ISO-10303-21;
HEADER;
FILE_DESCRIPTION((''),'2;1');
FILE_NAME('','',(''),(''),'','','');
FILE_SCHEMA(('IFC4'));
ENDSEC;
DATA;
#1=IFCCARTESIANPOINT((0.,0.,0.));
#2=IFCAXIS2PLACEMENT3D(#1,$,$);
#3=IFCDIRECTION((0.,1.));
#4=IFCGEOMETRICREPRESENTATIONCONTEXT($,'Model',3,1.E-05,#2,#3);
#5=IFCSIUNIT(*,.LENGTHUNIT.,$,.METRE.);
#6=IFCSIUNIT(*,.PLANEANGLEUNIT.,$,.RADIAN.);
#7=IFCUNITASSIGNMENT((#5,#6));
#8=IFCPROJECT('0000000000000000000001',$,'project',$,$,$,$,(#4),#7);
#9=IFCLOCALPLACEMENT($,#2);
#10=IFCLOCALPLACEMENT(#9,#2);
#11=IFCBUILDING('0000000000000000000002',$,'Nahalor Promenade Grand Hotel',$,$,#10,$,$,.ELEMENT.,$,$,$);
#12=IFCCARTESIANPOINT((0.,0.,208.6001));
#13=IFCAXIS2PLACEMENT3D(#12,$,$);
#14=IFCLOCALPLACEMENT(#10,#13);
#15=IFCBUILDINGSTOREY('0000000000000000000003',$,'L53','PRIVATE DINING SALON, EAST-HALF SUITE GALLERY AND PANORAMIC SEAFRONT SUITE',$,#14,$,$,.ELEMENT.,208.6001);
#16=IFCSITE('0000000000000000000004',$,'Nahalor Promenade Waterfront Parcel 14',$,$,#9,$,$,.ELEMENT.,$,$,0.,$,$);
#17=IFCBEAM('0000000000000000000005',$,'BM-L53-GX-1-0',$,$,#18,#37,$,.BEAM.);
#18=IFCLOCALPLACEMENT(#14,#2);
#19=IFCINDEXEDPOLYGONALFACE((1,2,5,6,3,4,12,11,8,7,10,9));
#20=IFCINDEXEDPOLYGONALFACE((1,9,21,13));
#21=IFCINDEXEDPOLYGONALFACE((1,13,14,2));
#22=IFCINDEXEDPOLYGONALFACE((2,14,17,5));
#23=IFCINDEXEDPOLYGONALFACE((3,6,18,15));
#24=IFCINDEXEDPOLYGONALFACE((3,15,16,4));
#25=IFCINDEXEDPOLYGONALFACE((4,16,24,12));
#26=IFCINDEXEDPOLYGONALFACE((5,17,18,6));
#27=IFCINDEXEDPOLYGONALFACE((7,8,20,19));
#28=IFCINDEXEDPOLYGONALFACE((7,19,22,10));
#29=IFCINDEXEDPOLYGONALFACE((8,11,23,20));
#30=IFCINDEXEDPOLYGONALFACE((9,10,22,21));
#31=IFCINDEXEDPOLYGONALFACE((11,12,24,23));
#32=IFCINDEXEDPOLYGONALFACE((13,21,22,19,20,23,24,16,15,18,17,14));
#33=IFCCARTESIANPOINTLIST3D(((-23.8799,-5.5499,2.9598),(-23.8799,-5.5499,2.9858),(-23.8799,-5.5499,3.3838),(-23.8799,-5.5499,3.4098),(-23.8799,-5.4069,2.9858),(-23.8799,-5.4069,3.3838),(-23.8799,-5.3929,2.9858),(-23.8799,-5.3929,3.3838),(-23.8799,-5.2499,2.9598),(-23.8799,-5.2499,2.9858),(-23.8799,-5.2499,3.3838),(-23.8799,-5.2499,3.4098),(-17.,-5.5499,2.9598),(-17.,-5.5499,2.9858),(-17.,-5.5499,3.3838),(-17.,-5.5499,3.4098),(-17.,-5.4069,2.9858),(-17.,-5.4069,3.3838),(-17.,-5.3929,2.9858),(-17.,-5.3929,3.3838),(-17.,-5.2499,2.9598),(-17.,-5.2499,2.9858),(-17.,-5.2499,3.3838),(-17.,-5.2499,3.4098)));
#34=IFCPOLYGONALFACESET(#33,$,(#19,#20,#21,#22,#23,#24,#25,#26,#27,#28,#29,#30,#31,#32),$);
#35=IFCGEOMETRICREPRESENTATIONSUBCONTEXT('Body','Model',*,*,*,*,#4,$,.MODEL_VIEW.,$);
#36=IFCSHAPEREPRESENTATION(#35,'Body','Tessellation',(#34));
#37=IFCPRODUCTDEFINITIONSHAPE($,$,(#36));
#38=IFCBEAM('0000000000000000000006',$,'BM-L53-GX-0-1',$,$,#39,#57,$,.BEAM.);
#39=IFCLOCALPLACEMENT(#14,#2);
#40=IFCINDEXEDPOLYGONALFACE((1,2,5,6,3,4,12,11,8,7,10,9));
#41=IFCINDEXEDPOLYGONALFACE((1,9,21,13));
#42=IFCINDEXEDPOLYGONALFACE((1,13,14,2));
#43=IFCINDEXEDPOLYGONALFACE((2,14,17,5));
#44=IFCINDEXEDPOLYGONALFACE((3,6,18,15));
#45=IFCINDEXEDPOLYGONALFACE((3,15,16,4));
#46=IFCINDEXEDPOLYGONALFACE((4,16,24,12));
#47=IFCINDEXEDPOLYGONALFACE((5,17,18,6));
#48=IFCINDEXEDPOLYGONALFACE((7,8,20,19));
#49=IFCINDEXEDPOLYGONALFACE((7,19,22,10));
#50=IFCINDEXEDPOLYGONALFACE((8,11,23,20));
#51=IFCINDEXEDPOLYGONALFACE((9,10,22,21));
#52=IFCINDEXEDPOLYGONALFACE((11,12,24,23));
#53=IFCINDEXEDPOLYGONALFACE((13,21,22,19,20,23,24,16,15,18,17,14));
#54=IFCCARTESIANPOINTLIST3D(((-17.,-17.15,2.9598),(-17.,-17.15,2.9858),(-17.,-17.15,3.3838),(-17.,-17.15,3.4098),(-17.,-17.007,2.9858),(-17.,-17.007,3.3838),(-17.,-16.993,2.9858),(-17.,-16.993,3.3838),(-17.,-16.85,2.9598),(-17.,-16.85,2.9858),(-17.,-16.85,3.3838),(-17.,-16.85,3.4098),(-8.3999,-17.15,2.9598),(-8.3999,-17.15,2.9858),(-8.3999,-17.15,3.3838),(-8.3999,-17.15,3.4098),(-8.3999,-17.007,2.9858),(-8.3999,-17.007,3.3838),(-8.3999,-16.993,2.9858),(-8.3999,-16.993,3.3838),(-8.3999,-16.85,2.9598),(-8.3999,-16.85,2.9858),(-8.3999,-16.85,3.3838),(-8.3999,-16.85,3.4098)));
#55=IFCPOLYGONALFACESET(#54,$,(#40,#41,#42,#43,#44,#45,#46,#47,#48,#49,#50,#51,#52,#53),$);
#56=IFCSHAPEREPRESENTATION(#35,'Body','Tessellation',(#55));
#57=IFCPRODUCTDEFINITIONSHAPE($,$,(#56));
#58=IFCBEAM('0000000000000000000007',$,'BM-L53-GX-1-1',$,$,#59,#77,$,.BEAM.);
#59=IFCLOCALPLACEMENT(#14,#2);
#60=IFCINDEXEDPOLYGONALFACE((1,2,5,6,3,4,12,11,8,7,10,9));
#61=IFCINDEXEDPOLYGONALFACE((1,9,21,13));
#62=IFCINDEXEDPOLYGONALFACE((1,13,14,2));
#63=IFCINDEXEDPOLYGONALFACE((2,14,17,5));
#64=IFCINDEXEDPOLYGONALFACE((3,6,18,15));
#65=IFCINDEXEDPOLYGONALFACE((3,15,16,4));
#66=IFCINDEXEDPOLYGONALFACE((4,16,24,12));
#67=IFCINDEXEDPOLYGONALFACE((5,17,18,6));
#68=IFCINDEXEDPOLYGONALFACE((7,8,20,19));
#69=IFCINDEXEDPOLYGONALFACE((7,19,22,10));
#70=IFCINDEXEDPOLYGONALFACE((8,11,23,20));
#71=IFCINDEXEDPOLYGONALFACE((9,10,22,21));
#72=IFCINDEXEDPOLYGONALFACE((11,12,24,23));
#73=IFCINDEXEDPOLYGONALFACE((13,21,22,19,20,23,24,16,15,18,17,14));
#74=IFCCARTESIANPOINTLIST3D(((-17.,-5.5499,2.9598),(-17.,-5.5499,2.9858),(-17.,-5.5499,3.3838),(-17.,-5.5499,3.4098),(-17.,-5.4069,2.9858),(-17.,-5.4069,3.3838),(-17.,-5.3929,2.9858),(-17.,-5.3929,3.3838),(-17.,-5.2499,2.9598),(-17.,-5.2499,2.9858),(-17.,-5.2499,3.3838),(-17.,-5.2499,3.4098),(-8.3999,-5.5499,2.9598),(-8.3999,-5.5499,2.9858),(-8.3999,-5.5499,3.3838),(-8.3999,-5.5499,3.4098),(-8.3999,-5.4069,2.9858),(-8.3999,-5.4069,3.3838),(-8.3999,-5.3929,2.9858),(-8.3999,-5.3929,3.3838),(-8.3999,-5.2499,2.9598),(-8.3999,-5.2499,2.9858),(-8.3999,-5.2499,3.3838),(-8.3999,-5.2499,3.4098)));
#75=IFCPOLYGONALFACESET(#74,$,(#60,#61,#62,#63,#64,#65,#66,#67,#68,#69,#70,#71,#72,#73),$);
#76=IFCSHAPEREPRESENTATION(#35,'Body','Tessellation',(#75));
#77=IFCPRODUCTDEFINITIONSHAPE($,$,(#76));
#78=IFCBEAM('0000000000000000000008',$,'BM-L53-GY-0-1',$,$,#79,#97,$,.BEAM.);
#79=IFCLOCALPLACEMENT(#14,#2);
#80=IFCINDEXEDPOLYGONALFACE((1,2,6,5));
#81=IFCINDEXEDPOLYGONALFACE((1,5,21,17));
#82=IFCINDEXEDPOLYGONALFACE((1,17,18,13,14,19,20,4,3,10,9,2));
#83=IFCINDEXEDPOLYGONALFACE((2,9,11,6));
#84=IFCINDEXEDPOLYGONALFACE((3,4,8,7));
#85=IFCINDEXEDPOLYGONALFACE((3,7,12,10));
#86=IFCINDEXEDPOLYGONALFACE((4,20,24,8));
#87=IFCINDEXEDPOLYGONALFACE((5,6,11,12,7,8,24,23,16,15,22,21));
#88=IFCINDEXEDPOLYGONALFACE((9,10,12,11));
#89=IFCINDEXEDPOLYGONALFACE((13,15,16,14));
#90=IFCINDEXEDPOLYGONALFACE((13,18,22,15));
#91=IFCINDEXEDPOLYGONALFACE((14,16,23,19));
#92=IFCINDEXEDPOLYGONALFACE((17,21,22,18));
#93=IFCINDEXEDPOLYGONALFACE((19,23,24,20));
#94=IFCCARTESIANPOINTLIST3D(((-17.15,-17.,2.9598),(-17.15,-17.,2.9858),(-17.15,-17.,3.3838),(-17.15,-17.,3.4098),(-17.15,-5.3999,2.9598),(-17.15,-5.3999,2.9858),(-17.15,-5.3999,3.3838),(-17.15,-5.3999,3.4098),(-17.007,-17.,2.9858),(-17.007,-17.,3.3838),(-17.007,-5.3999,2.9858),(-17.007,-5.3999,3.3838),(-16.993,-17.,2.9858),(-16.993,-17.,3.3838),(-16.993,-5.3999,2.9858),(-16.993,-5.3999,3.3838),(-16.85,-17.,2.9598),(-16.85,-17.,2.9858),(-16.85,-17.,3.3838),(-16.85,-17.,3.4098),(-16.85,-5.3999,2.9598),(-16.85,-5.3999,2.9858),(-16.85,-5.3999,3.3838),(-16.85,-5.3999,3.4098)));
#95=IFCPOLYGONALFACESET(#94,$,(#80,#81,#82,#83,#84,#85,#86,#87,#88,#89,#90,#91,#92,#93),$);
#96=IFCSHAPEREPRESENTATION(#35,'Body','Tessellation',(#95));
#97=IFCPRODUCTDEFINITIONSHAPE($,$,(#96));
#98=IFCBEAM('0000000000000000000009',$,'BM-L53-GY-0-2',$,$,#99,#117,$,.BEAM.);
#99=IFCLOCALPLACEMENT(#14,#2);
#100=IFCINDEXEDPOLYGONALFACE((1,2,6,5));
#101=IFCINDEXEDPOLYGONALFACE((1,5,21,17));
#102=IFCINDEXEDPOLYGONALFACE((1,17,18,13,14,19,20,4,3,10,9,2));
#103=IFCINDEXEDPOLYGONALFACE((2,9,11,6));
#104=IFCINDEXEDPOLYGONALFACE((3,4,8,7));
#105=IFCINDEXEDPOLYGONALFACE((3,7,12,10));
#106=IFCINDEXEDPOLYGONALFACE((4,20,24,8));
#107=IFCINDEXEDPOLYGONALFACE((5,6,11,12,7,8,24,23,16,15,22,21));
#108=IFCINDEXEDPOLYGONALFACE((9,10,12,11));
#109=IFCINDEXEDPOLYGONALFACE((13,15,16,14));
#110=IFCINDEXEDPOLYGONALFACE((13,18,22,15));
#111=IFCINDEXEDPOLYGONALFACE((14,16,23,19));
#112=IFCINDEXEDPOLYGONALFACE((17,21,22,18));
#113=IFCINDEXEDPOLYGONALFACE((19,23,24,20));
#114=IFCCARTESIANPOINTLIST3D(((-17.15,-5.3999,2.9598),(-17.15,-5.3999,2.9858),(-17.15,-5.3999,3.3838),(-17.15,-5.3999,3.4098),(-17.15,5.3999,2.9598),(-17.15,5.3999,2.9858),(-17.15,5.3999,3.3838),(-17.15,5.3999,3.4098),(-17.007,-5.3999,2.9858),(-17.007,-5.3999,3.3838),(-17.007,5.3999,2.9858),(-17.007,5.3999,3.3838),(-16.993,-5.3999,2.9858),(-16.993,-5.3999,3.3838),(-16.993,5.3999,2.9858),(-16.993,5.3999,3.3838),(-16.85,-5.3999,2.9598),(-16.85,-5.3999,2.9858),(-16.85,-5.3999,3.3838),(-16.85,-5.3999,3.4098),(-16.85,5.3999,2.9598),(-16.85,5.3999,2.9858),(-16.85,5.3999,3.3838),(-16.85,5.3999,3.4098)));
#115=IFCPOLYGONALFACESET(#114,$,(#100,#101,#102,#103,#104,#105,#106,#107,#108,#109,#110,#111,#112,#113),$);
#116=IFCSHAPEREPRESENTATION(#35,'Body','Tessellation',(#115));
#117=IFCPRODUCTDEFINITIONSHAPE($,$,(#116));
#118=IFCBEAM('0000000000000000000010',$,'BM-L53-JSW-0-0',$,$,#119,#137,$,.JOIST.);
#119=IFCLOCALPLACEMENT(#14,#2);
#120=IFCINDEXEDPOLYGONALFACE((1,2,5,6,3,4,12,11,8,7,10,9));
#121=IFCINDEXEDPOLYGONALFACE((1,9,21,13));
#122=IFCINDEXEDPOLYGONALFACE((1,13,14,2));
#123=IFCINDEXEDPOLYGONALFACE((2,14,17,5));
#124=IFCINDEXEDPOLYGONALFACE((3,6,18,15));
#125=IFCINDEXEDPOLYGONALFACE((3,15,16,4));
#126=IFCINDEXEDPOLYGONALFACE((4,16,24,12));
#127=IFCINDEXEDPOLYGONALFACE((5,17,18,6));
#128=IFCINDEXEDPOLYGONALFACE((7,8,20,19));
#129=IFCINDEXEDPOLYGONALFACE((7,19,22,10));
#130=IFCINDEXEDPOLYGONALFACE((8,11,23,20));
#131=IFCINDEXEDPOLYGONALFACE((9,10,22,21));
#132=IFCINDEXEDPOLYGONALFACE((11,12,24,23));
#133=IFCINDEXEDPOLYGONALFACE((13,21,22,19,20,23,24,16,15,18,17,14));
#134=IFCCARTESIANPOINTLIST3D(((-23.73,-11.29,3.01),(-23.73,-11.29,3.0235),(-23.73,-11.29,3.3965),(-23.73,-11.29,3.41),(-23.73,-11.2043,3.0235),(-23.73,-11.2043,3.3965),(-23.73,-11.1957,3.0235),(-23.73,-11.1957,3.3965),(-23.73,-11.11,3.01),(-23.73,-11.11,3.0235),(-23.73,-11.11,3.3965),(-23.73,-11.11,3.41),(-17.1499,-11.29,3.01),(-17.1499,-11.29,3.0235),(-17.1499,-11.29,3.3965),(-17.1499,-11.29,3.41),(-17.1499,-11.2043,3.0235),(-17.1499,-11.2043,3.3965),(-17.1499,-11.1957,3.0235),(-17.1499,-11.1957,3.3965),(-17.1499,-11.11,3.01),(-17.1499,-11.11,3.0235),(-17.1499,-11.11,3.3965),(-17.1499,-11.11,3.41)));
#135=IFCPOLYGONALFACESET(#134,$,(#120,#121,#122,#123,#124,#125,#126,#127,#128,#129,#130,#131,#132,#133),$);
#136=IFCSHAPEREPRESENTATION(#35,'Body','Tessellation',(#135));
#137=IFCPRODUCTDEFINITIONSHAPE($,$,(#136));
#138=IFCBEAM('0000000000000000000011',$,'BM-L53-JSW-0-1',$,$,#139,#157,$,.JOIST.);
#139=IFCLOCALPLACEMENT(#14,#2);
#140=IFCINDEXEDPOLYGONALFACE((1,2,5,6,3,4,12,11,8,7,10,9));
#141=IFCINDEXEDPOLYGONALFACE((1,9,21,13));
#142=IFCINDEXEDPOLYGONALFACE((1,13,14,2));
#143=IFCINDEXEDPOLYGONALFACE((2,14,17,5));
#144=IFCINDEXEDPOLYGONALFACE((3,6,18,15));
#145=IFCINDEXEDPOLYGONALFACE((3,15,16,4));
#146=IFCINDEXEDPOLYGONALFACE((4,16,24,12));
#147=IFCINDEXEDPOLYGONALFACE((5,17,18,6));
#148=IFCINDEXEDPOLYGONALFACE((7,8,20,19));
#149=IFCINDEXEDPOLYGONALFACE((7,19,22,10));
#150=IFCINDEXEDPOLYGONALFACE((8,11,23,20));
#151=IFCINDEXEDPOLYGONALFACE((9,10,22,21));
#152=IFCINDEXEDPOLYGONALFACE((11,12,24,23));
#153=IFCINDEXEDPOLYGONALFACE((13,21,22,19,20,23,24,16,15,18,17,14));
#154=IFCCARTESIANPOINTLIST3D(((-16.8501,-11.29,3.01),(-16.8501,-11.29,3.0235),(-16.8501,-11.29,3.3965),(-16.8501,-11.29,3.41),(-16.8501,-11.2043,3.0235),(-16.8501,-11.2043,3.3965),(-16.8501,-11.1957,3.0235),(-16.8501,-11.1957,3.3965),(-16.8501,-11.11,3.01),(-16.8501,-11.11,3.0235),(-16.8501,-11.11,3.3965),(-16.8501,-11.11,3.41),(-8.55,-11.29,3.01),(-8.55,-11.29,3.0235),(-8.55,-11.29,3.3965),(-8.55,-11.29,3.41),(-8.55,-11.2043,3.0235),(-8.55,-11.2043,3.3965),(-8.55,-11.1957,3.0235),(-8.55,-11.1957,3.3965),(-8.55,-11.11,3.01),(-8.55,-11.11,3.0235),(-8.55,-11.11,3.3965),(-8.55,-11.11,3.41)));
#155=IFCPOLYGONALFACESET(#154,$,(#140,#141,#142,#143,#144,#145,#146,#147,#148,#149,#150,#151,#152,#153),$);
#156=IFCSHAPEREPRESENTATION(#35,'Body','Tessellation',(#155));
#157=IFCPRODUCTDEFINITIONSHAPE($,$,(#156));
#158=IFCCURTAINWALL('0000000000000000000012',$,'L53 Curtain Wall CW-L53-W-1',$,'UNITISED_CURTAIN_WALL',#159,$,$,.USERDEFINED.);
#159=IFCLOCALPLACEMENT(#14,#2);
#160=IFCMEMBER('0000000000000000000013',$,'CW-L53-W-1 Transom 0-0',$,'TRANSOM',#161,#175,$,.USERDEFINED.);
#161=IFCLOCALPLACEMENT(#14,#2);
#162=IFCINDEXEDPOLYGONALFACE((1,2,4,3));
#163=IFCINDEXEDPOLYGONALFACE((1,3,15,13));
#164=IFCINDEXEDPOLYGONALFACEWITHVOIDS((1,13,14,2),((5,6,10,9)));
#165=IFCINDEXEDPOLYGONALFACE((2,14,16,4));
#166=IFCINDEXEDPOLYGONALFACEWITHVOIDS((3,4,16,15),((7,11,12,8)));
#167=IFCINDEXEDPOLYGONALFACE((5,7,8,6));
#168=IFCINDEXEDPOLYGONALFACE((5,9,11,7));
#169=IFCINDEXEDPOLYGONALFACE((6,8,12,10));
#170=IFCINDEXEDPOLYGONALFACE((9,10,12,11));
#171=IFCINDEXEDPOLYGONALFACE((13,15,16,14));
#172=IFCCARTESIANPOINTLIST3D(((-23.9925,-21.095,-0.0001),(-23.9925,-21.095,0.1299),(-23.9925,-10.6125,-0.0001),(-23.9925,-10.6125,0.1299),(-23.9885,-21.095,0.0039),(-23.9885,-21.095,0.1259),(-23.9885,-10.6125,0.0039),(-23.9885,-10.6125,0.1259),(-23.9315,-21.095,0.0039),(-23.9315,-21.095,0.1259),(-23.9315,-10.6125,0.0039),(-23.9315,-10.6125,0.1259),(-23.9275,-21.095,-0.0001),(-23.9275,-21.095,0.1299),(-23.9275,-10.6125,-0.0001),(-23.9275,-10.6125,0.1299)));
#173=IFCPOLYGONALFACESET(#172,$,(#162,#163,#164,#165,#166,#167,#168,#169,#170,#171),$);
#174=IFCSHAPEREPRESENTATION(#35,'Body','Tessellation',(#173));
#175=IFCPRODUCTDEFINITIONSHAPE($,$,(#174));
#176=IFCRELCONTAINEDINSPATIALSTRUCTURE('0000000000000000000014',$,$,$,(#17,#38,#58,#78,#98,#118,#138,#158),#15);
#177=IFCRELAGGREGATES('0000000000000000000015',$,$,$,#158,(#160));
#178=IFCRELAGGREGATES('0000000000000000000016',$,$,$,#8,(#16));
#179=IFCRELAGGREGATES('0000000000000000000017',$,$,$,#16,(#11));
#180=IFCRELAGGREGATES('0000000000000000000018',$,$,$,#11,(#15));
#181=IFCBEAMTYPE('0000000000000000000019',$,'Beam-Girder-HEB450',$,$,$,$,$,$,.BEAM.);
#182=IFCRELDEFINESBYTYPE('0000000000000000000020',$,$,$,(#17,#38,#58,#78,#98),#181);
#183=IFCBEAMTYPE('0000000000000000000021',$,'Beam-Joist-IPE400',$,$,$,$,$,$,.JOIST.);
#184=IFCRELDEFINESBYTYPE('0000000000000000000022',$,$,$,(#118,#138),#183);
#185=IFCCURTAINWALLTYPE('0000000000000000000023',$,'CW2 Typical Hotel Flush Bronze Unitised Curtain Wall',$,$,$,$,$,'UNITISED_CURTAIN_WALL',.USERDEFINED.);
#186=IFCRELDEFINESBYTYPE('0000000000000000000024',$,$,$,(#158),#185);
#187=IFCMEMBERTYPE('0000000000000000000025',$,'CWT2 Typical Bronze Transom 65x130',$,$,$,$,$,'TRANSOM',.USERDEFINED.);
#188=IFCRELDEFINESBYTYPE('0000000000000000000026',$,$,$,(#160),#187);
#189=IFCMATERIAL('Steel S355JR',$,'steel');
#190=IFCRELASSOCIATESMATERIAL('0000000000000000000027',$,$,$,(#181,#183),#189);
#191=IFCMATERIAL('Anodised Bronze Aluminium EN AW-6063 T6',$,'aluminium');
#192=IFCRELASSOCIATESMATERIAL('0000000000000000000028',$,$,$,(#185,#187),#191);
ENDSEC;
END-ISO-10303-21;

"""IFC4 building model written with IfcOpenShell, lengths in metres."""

from ifc_helpers import new_model, si_unit, direction, frame, origin, origin_2d, place, context, subcontext, project, spatial, hollow_rectangle, i_section, extrude, source, transform, mapped, material, material_profile, profile_set, type_object, element, aggregate, save


model = new_model("IFC4")

# Units and contexts
model_context = context("Model", 3, precision=1e-05, world=origin(), true_north=direction((0.0, 1.0)))
body_context = subcontext(model_context, "Body", "Model", "MODEL_VIEW")
ifc_project = project(units=[si_unit("LENGTHUNIT", "METRE"), si_unit("PLANEANGLEUNIT", "RADIAN")], contexts=[model_context])

# Site, building, storey
site_placement = place(None, origin())
site = spatial("IfcSite", under=ifc_project, at=site_placement, Name="Nahalor Promenade Waterfront Parcel 14", CompositionType="ELEMENT", RefElevation=0.0)
building_placement = place(site_placement, origin())
building = spatial("IfcBuilding", under=site, at=building_placement, Name="Nahalor Promenade Grand Hotel", CompositionType="ELEMENT")
storey_placement = place(building_placement, frame((0.0, 0.0, 208.6001)))
storey = spatial("IfcBuildingStorey", under=building, at=storey_placement, Name="L53", Description="PRIVATE DINING SALON, EAST-HALF SUITE GALLERY AND PANORAMIC SEAFRONT SUITE", CompositionType="ELEMENT", Elevation=208.6001)

# Shared definitions
ifc_material_1 = material(Name="Steel S355JR", Category="steel")

# Beams
ifc_material_profile_1 = material_profile(ifc_material_1, i_section(OverallWidth=0.3, OverallDepth=0.45, WebThickness=0.014, FlangeThickness=0.026, at=origin_2d()), Name="HEB 450")
ifc_profile_set_1 = profile_set([ifc_material_profile_1], Name="Steel S355JR")
beam_type_1 = type_object("IfcBeamType", Name="Beam-Girder-HEB450", PredefinedType="BEAM", material=ifc_profile_set_1)
shared_shape_1 = source(origin(), body_context, "Body", "SweptSolid", [
    extrude(i_section(OverallWidth=0.3, OverallDepth=0.45, WebThickness=0.014, FlangeThickness=0.026, at=origin_2d()), origin(), (0.0, 0.0, 1.0), 6.8799),
])
for number, where, z_axis, x_axis, name in (
    (1, (-23.8799, -5.3999, 3.1848), (1.0, 0.0, 0.0), (0.0, 1.0, 0.0), "BM-L53-GX-1-0"),
):
    element("IfcBeam", number, at=place(storey_placement, frame(where, z_axis=z_axis, x_axis=x_axis)), inside=storey, type_object=beam_type_1, Name=name, PredefinedType="BEAM", context=body_context, shape_type="MappedRepresentation", body=[
        mapped(shared_shape_1, transform((0.0, 0.0, 0.0), scale=1.0)),
    ])
shared_shape_2 = source(origin(), body_context, "Body", "SweptSolid", [
    extrude(i_section(OverallWidth=0.3, OverallDepth=0.45, WebThickness=0.014, FlangeThickness=0.026, at=origin_2d()), origin(), (0.0, 0.0, 1.0), 8.6001),
])
for number, where, z_axis, x_axis, name in (
    (2, (-17.0, -17.0, 3.1848), (1.0, 0.0, 0.0), (0.0, 1.0, 0.0), "BM-L53-GX-0-1"),
    (3, (-17.0, -5.3999, 3.1848), (1.0, 0.0, 0.0), (0.0, 1.0, 0.0), "BM-L53-GX-1-1"),
):
    element("IfcBeam", number, at=place(storey_placement, frame(where, z_axis=z_axis, x_axis=x_axis)), inside=storey, type_object=beam_type_1, Name=name, PredefinedType="BEAM", context=body_context, shape_type="MappedRepresentation", body=[
        mapped(shared_shape_2, transform((0.0, 0.0, 0.0), scale=1.0)),
    ])
shared_shape_3 = source(origin(), body_context, "Body", "SweptSolid", [
    extrude(i_section(OverallWidth=0.3, OverallDepth=0.45, WebThickness=0.014, FlangeThickness=0.026, at=origin_2d()), origin(), (0.0, 0.0, 1.0), 11.6001),
])
beam_1_placement = place(storey_placement, frame((-17.0, -17.0, 3.1848), z_axis=(0.0, 1.0, 0.0), x_axis=(-1.0, 0.0, 0.0)))
element("IfcBeam", 4, at=beam_1_placement, inside=storey, type_object=beam_type_1, Name="BM-L53-GY-0-1", PredefinedType="BEAM", context=body_context, shape_type="MappedRepresentation", body=[
    mapped(shared_shape_3, transform((0.0, 0.0, 0.0), scale=1.0)),
])
shared_shape_4 = source(origin(), body_context, "Body", "SweptSolid", [
    extrude(i_section(OverallWidth=0.3, OverallDepth=0.45, WebThickness=0.014, FlangeThickness=0.026, at=origin_2d()), origin(), (0.0, 0.0, 1.0), 10.7998),
])
beam_2_placement = place(storey_placement, frame((-17.0, -5.3999, 3.1848), z_axis=(0.0, 1.0, 0.0), x_axis=(-1.0, 0.0, 0.0)))
element("IfcBeam", 5, at=beam_2_placement, inside=storey, type_object=beam_type_1, Name="BM-L53-GY-0-2", PredefinedType="BEAM", context=body_context, shape_type="MappedRepresentation", body=[
    mapped(shared_shape_4, transform((0.0, 0.0, 0.0), scale=1.0)),
])
ifc_material_profile_2 = material_profile(ifc_material_1, i_section(OverallWidth=0.18, OverallDepth=0.4, WebThickness=0.0086, FlangeThickness=0.0135, at=origin_2d()), Name="IPE 400")
ifc_profile_set_2 = profile_set([ifc_material_profile_2], Name="Steel S355JR")
beam_type_2 = type_object("IfcBeamType", Name="Beam-Joist-IPE400", PredefinedType="JOIST", material=ifc_profile_set_2)
shared_shape_5 = source(origin(), body_context, "Body", "SweptSolid", [
    extrude(i_section(OverallWidth=0.18, OverallDepth=0.4, WebThickness=0.0086, FlangeThickness=0.0135, at=origin_2d()), origin(), (0.0, 0.0, 1.0), 6.5801),
])
beam_3_placement = place(storey_placement, frame((-23.73, -11.2, 3.21), z_axis=(1.0, 0.0, 0.0), x_axis=(0.0, 1.0, 0.0)))
element("IfcBeam", 6, at=beam_3_placement, inside=storey, type_object=beam_type_2, Name="BM-L53-JSW-0-0", PredefinedType="JOIST", context=body_context, shape_type="MappedRepresentation", body=[
    mapped(shared_shape_5, transform((0.0, 0.0, 0.0), scale=1.0)),
])
shared_shape_6 = source(origin(), body_context, "Body", "SweptSolid", [
    extrude(i_section(OverallWidth=0.18, OverallDepth=0.4, WebThickness=0.0086, FlangeThickness=0.0135, at=origin_2d()), origin(), (0.0, 0.0, 1.0), 8.3),
])
beam_4_placement = place(storey_placement, frame((-16.8501, -11.2, 3.21), z_axis=(1.0, 0.0, 0.0), x_axis=(0.0, 1.0, 0.0)))
element("IfcBeam", 7, at=beam_4_placement, inside=storey, type_object=beam_type_2, Name="BM-L53-JSW-0-1", PredefinedType="JOIST", context=body_context, shape_type="MappedRepresentation", body=[
    mapped(shared_shape_6, transform((0.0, 0.0, 0.0), scale=1.0)),
])

# Curtain wall, member
ifc_material_2 = material(Name="Anodised Bronze Aluminium EN AW-6063 T6", Category="aluminium")
curtain_wall_type = type_object("IfcCurtainWallType", Name="CW2 Typical Hotel Flush Bronze Unitised Curtain Wall", ElementType="UNITISED_CURTAIN_WALL", PredefinedType="USERDEFINED", material=ifc_material_2)
curtain_wall_placement = place(storey_placement, origin())
curtain_wall = element("IfcCurtainWall", 8, at=curtain_wall_placement, inside=storey, type_object=curtain_wall_type, Name="L53 Curtain Wall CW-L53-W-1", ObjectType="UNITISED_CURTAIN_WALL", PredefinedType="USERDEFINED")
ifc_material_profile_3 = material_profile(ifc_material_2, hollow_rectangle(XDim=0.065, YDim=0.13, WallThickness=0.004, at=origin_2d()), Name="CWT 65x130x4")
ifc_profile_set_3 = profile_set([ifc_material_profile_3], Name="Anodised Bronze Aluminium EN AW-6063 T6")
member_type_1 = type_object("IfcMemberType", Name="CWT2 Typical Bronze Transom 65x130", ElementType="TRANSOM", PredefinedType="USERDEFINED", material=ifc_profile_set_3)
shared_shape_7 = source(origin(), body_context, "Body", "SweptSolid", [
    extrude(hollow_rectangle(XDim=0.065, YDim=0.13, WallThickness=0.004, at=origin_2d()), origin(), (0.0, 0.0, 1.0), 10.4824),
])
member_1_placement = place(storey_placement, frame((-23.96, -21.095, 0.0649), z_axis=(0.0, 1.0, 0.0), x_axis=(-1.0, 0.0, 0.0)))
member_1 = element("IfcMember", 9, at=member_1_placement, type_object=member_type_1, Name="CW-L53-W-1 Transom 0-0", ObjectType="TRANSOM", PredefinedType="USERDEFINED", context=body_context, shape_type="MappedRepresentation", body=[
    mapped(shared_shape_7, transform((0.0, 0.0, 0.0), scale=1.0)),
])
aggregate(curtain_wall, [member_1])

save(model, "model.ifc")
